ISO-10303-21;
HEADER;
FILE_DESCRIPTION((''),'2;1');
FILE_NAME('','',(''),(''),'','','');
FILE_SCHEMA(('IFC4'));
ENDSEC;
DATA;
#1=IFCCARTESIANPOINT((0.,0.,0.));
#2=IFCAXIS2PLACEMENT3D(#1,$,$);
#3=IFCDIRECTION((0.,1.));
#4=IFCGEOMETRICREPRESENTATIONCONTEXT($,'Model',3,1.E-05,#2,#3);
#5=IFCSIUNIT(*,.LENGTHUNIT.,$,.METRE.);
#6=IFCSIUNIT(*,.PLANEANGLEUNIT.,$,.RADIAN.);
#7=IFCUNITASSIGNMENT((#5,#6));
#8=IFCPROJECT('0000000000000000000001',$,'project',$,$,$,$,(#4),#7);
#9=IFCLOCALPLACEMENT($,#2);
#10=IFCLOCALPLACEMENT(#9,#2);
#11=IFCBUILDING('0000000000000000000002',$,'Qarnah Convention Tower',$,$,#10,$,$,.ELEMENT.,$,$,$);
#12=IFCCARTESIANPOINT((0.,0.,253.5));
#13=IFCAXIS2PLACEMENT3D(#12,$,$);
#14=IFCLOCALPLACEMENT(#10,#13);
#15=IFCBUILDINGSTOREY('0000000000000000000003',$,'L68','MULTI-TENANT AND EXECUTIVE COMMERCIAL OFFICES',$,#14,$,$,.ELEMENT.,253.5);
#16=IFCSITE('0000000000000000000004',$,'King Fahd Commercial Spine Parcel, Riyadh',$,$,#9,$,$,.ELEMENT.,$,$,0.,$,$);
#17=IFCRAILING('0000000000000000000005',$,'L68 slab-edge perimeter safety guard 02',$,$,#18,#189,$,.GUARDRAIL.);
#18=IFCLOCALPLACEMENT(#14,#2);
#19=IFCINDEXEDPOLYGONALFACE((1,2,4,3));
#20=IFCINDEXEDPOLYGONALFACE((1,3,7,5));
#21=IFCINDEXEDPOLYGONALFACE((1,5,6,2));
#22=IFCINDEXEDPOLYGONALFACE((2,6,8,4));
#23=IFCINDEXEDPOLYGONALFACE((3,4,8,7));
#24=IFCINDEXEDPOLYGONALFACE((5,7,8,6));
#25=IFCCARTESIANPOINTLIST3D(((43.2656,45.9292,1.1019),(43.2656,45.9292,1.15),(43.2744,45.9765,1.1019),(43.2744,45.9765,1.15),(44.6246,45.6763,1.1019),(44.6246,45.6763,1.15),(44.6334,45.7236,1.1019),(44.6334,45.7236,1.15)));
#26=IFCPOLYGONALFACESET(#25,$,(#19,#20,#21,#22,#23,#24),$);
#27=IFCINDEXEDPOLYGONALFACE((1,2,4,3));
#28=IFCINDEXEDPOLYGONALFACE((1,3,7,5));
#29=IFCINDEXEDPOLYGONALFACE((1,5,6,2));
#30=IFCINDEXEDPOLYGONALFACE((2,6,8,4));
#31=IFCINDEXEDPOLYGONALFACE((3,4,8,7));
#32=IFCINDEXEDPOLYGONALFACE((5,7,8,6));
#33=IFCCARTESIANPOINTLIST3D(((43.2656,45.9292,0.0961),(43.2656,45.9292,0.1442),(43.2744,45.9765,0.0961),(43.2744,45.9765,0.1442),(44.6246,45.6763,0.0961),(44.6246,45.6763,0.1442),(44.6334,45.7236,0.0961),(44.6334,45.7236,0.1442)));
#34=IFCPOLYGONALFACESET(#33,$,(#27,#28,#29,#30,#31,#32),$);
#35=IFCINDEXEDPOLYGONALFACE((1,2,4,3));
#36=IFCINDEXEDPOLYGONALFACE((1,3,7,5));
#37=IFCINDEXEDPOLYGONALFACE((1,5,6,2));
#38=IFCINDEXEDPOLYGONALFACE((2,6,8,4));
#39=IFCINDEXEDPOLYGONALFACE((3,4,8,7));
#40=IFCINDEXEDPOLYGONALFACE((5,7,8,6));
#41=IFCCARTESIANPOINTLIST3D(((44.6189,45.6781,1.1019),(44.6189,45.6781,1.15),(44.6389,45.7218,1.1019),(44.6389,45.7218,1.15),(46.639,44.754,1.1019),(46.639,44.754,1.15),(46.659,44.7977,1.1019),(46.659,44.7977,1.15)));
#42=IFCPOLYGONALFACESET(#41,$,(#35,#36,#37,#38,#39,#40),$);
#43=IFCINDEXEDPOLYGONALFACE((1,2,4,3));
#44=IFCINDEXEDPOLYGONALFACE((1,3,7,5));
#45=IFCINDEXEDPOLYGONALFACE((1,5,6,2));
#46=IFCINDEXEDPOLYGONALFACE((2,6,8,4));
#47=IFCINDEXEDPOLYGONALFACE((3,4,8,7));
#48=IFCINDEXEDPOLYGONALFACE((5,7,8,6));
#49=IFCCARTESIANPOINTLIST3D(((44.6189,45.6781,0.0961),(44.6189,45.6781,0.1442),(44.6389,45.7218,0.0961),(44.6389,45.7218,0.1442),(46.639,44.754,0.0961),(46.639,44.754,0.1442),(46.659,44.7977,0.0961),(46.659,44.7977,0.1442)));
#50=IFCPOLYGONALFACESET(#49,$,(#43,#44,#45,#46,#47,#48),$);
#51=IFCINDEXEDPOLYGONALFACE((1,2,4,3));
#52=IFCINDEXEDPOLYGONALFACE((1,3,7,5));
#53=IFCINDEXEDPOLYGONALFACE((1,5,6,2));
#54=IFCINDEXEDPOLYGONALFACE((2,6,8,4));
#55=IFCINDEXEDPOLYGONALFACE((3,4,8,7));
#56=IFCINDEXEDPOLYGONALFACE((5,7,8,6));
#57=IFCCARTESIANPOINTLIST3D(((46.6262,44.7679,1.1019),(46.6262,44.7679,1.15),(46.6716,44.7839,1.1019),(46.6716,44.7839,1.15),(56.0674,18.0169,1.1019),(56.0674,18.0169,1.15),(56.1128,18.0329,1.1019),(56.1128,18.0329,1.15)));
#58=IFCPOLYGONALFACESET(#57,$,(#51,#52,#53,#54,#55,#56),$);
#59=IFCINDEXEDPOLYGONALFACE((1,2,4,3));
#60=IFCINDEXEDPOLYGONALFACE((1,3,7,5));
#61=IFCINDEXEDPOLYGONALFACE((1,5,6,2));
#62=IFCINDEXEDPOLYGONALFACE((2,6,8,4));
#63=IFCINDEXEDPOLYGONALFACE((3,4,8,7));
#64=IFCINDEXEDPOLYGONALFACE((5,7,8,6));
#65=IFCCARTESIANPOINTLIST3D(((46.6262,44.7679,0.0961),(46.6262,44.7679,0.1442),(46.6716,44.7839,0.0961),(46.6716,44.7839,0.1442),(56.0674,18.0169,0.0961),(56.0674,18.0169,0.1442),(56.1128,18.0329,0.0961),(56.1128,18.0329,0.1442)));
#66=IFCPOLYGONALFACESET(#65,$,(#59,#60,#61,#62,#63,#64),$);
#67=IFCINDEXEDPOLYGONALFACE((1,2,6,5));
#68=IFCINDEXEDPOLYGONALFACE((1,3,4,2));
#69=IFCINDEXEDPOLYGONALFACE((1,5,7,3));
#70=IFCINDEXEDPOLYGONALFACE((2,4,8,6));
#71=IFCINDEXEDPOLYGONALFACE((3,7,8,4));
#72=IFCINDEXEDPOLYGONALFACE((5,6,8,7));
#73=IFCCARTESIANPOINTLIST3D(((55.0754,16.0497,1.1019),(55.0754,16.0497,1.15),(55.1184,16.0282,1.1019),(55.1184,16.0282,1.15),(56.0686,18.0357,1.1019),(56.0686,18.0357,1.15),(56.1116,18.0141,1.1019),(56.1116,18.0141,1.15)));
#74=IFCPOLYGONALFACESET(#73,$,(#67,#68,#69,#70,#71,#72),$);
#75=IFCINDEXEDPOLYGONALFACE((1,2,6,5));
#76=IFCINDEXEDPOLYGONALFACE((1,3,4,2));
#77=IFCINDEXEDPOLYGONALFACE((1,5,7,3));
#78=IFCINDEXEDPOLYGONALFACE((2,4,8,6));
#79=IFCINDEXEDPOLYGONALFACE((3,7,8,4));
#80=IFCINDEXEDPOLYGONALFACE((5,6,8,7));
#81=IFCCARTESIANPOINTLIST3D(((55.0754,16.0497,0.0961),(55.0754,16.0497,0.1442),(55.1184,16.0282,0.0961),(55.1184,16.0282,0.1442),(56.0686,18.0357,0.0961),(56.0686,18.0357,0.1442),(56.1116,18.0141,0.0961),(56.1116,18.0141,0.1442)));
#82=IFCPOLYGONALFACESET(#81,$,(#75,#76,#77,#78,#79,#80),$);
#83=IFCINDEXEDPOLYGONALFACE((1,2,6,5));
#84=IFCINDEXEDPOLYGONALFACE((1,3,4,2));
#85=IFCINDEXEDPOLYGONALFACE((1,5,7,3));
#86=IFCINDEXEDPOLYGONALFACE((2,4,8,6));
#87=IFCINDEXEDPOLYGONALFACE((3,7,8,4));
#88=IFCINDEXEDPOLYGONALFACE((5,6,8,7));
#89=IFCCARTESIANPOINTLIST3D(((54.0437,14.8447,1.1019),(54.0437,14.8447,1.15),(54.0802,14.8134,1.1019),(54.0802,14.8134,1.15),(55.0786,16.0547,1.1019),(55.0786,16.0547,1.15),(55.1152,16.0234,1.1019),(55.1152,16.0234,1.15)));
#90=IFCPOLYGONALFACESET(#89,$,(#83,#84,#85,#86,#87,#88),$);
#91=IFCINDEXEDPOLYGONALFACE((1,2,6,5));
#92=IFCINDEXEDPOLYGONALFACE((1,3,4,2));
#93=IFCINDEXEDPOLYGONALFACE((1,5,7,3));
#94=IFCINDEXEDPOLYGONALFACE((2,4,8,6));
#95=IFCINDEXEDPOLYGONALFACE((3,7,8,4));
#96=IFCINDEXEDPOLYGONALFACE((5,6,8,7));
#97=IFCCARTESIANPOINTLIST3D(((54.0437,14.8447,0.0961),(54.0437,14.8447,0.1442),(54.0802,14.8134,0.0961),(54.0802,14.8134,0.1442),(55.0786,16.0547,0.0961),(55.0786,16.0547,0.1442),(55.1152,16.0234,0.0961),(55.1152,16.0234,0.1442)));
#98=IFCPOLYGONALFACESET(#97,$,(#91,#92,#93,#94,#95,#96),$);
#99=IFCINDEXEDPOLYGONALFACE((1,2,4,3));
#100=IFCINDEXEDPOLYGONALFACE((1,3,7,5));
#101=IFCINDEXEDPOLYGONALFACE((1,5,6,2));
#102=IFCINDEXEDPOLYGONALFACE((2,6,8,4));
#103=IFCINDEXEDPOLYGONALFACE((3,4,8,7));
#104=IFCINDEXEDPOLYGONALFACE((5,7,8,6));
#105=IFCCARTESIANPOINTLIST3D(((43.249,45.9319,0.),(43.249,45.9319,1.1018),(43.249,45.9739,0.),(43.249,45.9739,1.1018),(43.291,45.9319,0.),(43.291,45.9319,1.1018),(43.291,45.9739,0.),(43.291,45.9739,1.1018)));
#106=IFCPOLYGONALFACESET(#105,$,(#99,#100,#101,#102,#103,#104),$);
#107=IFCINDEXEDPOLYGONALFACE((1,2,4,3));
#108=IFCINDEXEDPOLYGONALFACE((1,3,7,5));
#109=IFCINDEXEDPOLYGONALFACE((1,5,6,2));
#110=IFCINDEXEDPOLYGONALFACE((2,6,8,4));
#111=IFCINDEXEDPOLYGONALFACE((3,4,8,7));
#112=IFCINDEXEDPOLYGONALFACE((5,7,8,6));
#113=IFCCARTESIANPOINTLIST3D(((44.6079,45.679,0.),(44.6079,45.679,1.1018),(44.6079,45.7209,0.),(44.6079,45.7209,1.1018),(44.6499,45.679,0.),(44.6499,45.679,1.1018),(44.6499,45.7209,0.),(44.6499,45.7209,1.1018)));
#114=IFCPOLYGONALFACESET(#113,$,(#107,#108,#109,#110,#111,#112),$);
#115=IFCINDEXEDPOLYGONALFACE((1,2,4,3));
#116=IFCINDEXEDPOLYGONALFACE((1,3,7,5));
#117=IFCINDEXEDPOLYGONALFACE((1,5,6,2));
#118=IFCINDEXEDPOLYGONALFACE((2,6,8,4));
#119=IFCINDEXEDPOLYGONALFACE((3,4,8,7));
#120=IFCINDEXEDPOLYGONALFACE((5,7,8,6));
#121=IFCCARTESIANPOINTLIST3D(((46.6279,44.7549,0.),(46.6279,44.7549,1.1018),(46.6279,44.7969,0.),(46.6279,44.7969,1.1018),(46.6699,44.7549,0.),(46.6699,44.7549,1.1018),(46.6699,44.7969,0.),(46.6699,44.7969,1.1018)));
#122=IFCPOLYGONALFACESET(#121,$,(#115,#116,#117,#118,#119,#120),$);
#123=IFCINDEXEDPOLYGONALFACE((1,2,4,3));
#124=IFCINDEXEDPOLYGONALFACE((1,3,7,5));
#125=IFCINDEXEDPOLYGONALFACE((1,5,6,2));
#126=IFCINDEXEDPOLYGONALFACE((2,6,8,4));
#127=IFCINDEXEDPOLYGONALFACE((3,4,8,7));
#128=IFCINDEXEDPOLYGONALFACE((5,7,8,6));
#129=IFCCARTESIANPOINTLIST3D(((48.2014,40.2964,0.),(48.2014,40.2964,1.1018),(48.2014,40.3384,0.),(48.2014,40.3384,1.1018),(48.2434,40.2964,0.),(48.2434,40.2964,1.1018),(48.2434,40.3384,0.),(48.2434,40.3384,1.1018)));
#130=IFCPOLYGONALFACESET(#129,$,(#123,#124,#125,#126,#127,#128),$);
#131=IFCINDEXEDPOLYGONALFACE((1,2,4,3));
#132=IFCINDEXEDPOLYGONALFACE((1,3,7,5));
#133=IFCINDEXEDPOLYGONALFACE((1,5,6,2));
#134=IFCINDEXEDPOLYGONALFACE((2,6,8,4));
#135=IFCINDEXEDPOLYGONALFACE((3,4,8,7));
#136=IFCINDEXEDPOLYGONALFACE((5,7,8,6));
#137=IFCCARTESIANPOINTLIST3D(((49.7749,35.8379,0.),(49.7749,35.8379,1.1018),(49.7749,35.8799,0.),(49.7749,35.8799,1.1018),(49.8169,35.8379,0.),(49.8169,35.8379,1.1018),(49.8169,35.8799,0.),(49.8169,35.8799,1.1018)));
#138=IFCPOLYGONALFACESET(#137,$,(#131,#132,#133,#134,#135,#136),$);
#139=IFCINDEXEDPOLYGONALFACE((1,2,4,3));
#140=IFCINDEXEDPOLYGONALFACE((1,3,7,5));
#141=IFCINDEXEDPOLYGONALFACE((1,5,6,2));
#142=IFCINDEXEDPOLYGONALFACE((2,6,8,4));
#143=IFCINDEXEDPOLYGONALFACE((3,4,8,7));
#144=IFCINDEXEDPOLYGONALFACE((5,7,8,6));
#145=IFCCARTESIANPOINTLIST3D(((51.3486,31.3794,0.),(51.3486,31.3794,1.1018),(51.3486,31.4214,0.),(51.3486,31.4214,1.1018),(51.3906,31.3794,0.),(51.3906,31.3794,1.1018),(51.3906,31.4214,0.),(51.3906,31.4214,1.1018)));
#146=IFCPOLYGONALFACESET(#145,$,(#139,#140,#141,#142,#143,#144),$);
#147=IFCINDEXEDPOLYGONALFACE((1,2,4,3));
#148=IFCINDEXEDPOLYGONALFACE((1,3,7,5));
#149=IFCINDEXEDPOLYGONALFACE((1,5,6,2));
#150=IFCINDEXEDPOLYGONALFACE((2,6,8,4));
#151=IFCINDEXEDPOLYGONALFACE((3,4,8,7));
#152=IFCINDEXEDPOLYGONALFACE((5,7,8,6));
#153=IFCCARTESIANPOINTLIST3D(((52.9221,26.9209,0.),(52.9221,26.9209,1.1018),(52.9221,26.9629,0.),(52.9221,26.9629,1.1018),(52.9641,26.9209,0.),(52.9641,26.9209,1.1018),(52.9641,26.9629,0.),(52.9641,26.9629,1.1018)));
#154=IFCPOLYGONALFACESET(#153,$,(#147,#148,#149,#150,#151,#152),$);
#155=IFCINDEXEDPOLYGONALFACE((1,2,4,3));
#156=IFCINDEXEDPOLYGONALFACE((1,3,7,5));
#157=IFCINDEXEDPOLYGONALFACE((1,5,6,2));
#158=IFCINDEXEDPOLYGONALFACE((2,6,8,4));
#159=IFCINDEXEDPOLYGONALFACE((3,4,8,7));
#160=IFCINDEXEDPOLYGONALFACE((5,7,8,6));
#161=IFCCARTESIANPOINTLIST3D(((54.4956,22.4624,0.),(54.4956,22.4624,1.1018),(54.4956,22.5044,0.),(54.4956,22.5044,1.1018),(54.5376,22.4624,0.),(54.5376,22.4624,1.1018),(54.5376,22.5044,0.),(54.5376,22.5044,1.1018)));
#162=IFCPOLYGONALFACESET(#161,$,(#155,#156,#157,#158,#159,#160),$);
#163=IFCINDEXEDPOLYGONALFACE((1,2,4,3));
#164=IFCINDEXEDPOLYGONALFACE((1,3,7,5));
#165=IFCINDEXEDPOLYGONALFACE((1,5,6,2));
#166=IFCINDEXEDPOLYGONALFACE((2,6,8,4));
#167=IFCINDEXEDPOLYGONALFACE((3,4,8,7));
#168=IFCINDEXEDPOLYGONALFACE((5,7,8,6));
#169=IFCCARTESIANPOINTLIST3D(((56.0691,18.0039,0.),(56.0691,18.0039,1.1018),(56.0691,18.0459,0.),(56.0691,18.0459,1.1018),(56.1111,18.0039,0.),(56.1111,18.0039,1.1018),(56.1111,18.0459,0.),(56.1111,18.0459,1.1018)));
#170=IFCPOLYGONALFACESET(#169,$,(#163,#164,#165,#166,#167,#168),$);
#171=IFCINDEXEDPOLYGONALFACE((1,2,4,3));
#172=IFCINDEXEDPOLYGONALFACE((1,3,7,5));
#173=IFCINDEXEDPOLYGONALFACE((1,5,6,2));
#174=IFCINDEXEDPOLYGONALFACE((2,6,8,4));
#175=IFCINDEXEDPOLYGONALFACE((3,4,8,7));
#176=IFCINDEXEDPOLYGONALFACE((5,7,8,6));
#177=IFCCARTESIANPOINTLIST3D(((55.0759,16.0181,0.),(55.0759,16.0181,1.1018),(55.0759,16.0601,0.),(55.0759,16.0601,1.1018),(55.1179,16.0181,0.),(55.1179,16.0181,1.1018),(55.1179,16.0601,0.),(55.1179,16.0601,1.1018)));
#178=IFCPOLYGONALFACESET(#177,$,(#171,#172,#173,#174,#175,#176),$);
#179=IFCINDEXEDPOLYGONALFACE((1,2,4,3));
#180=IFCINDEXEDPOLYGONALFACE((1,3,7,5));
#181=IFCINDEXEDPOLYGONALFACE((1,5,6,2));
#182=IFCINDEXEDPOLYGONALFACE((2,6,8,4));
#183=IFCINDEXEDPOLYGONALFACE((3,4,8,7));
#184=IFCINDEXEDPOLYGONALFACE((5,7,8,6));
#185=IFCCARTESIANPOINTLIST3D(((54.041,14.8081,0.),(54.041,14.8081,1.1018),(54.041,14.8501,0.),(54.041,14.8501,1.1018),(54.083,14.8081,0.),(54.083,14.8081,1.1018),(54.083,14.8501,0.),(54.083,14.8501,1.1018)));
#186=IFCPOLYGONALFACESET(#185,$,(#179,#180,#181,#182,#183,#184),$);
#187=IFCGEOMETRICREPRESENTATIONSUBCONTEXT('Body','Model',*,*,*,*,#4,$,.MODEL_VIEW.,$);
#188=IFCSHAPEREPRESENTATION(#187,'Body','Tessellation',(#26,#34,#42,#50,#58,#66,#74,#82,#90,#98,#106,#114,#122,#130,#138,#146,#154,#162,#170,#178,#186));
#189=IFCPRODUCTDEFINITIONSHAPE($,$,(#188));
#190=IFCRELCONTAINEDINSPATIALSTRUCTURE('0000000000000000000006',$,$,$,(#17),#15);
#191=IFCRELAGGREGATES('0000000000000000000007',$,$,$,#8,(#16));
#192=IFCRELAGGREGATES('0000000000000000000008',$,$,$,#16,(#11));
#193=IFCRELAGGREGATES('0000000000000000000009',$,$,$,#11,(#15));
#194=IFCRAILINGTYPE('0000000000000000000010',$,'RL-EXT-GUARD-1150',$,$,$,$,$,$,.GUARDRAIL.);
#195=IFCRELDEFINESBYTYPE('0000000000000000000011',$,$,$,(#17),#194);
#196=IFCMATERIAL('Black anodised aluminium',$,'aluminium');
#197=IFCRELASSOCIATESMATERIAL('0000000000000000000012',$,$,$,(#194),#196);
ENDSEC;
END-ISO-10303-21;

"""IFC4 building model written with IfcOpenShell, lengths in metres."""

from ifc_helpers import new_model, si_unit, direction, frame, origin, origin_2d, place, context, subcontext, project, spatial, rectangle, extrude, material, type_object, element, save


model = new_model("IFC4")

# Units and contexts
model_context = context("Model", 3, precision=1e-05, world=origin(), true_north=direction((0.0, 1.0)))
body_context = subcontext(model_context, "Body", "Model", "MODEL_VIEW")
ifc_project = project(units=[si_unit("LENGTHUNIT", "METRE"), si_unit("PLANEANGLEUNIT", "RADIAN")], contexts=[model_context])

# Site, building, storey
site_placement = place(None, origin())
site = spatial("IfcSite", under=ifc_project, at=site_placement, Name="King Fahd Commercial Spine Parcel, Riyadh", CompositionType="ELEMENT", RefElevation=0.0)
building_placement = place(site_placement, origin())
building = spatial("IfcBuilding", under=site, at=building_placement, Name="Qarnah Convention Tower", CompositionType="ELEMENT")
storey_placement = place(building_placement, frame((0.0, 0.0, 253.5)))
storey = spatial("IfcBuildingStorey", under=building, at=storey_placement, Name="L68", Description="MULTI-TENANT AND EXECUTIVE COMMERCIAL OFFICES", CompositionType="ELEMENT", Elevation=253.5)

# Shared definitions
ifc_material_1 = material(Name="Black anodised aluminium", Category="aluminium")

# Railing
railing_type = type_object("IfcRailingType", Name="RL-EXT-GUARD-1150", PredefinedType="GUARDRAIL", material=ifc_material_1)
railing_1_placement = place(storey_placement, frame((43.27, 45.9529, 0.0)))
element("IfcRailing", 1, at=railing_1_placement, inside=storey, type_object=railing_type, Name="L68 slab-edge perimeter safety guard 02", PredefinedType="GUARDRAIL", context=body_context, shape_type="SweptSolid", body=[
    extrude(rectangle(XDim=0.0481, YDim=0.0481, at=origin_2d()), frame((0.0, 0.0, 1.126), z_axis=(0.983115, -0.182987, 0.0), x_axis=(0.182987, 0.983115, 0.0)), (0.0, 0.0, 1.0), 1.3823),
    extrude(rectangle(XDim=0.0481, YDim=0.0481, at=origin_2d()), frame((0.0, 0.0, 0.1201), z_axis=(0.983115, -0.182987, 0.0), x_axis=(0.182987, 0.983115, 0.0)), (0.0, 0.0, 1.0), 1.3823),
    extrude(rectangle(XDim=0.0481, YDim=0.0481, at=origin_2d()), frame((1.3589, -0.2529, 1.126), z_axis=(0.909366, -0.415996, 0.0), x_axis=(0.415996, 0.909366, 0.0)), (0.0, 0.0, 1.0), 2.2214),
    extrude(rectangle(XDim=0.0481, YDim=0.0481, at=origin_2d()), frame((1.3589, -0.2529, 0.1201), z_axis=(0.909366, -0.415996, 0.0), x_axis=(0.415996, 0.909366, 0.0)), (0.0, 0.0, 1.0), 2.2214),
    extrude(rectangle(XDim=0.0481, YDim=0.0481, at=origin_2d()), frame((3.3789, -1.177, 1.126), z_axis=(0.332809, -0.942994, 0.0), x_axis=(0.942994, 0.332809, 0.0)), (0.0, 0.0, 1.0), 28.3682),
    extrude(rectangle(XDim=0.0481, YDim=0.0481, at=origin_2d()), frame((3.3789, -1.177, 0.1201), z_axis=(0.332809, -0.942994, 0.0), x_axis=(0.942994, 0.332809, 0.0)), (0.0, 0.0, 1.0), 28.3682),
    extrude(rectangle(XDim=0.0481, YDim=0.0481, at=origin_2d()), frame((12.8201, -27.928, 1.126), z_axis=(-0.447302, -0.894383, 0.0), x_axis=(0.894383, -0.447302, 0.0)), (0.0, 0.0, 1.0), 2.2205),
    extrude(rectangle(XDim=0.0481, YDim=0.0481, at=origin_2d()), frame((12.8201, -27.928, 0.1201), z_axis=(-0.447302, -0.894383, 0.0), x_axis=(0.894383, -0.447302, 0.0)), (0.0, 0.0, 1.0), 2.2205),
    extrude(rectangle(XDim=0.0481, YDim=0.0481, at=origin_2d()), frame((11.8269, -29.9138, 1.126), z_axis=(-0.649995, -0.759938, 0.0), x_axis=(0.759938, -0.649995, 0.0)), (0.0, 0.0, 1.0), 1.5923),
    extrude(rectangle(XDim=0.0481, YDim=0.0481, at=origin_2d()), frame((11.8269, -29.9138, 0.1201), z_axis=(-0.649995, -0.759938, 0.0), x_axis=(0.759938, -0.649995, 0.0)), (0.0, 0.0, 1.0), 1.5923),
    extrude(rectangle(XDim=0.042, YDim=0.042, at=origin_2d()), origin(), (0.0, 0.0, 1.0), 1.1018),
    extrude(rectangle(XDim=0.042, YDim=0.042, at=origin_2d()), frame((1.3589, -0.2529, 0.0)), (0.0, 0.0, 1.0), 1.1018),
    extrude(rectangle(XDim=0.042, YDim=0.042, at=origin_2d()), frame((3.3789, -1.177, 0.0)), (0.0, 0.0, 1.0), 1.1018),
    extrude(rectangle(XDim=0.042, YDim=0.042, at=origin_2d()), frame((4.9524, -5.6355, 0.0)), (0.0, 0.0, 1.0), 1.1018),
    extrude(rectangle(XDim=0.042, YDim=0.042, at=origin_2d()), frame((6.5259, -10.094, 0.0)), (0.0, 0.0, 1.0), 1.1018),
    extrude(rectangle(XDim=0.042, YDim=0.042, at=origin_2d()), frame((8.0996, -14.5525, 0.0)), (0.0, 0.0, 1.0), 1.1018),
    extrude(rectangle(XDim=0.042, YDim=0.042, at=origin_2d()), frame((9.6731, -19.011, 0.0)), (0.0, 0.0, 1.0), 1.1018),
    extrude(rectangle(XDim=0.042, YDim=0.042, at=origin_2d()), frame((11.2466, -23.4695, 0.0)), (0.0, 0.0, 1.0), 1.1018),
    extrude(rectangle(XDim=0.042, YDim=0.042, at=origin_2d()), frame((12.8201, -27.928, 0.0)), (0.0, 0.0, 1.0), 1.1018),
    extrude(rectangle(XDim=0.042, YDim=0.042, at=origin_2d()), frame((11.8269, -29.9138, 0.0)), (0.0, 0.0, 1.0), 1.1018),
    extrude(rectangle(XDim=0.042, YDim=0.042, at=origin_2d()), frame((10.792, -31.1238, 0.0)), (0.0, 0.0, 1.0), 1.1018),
])

save(model, "model.ifc")
